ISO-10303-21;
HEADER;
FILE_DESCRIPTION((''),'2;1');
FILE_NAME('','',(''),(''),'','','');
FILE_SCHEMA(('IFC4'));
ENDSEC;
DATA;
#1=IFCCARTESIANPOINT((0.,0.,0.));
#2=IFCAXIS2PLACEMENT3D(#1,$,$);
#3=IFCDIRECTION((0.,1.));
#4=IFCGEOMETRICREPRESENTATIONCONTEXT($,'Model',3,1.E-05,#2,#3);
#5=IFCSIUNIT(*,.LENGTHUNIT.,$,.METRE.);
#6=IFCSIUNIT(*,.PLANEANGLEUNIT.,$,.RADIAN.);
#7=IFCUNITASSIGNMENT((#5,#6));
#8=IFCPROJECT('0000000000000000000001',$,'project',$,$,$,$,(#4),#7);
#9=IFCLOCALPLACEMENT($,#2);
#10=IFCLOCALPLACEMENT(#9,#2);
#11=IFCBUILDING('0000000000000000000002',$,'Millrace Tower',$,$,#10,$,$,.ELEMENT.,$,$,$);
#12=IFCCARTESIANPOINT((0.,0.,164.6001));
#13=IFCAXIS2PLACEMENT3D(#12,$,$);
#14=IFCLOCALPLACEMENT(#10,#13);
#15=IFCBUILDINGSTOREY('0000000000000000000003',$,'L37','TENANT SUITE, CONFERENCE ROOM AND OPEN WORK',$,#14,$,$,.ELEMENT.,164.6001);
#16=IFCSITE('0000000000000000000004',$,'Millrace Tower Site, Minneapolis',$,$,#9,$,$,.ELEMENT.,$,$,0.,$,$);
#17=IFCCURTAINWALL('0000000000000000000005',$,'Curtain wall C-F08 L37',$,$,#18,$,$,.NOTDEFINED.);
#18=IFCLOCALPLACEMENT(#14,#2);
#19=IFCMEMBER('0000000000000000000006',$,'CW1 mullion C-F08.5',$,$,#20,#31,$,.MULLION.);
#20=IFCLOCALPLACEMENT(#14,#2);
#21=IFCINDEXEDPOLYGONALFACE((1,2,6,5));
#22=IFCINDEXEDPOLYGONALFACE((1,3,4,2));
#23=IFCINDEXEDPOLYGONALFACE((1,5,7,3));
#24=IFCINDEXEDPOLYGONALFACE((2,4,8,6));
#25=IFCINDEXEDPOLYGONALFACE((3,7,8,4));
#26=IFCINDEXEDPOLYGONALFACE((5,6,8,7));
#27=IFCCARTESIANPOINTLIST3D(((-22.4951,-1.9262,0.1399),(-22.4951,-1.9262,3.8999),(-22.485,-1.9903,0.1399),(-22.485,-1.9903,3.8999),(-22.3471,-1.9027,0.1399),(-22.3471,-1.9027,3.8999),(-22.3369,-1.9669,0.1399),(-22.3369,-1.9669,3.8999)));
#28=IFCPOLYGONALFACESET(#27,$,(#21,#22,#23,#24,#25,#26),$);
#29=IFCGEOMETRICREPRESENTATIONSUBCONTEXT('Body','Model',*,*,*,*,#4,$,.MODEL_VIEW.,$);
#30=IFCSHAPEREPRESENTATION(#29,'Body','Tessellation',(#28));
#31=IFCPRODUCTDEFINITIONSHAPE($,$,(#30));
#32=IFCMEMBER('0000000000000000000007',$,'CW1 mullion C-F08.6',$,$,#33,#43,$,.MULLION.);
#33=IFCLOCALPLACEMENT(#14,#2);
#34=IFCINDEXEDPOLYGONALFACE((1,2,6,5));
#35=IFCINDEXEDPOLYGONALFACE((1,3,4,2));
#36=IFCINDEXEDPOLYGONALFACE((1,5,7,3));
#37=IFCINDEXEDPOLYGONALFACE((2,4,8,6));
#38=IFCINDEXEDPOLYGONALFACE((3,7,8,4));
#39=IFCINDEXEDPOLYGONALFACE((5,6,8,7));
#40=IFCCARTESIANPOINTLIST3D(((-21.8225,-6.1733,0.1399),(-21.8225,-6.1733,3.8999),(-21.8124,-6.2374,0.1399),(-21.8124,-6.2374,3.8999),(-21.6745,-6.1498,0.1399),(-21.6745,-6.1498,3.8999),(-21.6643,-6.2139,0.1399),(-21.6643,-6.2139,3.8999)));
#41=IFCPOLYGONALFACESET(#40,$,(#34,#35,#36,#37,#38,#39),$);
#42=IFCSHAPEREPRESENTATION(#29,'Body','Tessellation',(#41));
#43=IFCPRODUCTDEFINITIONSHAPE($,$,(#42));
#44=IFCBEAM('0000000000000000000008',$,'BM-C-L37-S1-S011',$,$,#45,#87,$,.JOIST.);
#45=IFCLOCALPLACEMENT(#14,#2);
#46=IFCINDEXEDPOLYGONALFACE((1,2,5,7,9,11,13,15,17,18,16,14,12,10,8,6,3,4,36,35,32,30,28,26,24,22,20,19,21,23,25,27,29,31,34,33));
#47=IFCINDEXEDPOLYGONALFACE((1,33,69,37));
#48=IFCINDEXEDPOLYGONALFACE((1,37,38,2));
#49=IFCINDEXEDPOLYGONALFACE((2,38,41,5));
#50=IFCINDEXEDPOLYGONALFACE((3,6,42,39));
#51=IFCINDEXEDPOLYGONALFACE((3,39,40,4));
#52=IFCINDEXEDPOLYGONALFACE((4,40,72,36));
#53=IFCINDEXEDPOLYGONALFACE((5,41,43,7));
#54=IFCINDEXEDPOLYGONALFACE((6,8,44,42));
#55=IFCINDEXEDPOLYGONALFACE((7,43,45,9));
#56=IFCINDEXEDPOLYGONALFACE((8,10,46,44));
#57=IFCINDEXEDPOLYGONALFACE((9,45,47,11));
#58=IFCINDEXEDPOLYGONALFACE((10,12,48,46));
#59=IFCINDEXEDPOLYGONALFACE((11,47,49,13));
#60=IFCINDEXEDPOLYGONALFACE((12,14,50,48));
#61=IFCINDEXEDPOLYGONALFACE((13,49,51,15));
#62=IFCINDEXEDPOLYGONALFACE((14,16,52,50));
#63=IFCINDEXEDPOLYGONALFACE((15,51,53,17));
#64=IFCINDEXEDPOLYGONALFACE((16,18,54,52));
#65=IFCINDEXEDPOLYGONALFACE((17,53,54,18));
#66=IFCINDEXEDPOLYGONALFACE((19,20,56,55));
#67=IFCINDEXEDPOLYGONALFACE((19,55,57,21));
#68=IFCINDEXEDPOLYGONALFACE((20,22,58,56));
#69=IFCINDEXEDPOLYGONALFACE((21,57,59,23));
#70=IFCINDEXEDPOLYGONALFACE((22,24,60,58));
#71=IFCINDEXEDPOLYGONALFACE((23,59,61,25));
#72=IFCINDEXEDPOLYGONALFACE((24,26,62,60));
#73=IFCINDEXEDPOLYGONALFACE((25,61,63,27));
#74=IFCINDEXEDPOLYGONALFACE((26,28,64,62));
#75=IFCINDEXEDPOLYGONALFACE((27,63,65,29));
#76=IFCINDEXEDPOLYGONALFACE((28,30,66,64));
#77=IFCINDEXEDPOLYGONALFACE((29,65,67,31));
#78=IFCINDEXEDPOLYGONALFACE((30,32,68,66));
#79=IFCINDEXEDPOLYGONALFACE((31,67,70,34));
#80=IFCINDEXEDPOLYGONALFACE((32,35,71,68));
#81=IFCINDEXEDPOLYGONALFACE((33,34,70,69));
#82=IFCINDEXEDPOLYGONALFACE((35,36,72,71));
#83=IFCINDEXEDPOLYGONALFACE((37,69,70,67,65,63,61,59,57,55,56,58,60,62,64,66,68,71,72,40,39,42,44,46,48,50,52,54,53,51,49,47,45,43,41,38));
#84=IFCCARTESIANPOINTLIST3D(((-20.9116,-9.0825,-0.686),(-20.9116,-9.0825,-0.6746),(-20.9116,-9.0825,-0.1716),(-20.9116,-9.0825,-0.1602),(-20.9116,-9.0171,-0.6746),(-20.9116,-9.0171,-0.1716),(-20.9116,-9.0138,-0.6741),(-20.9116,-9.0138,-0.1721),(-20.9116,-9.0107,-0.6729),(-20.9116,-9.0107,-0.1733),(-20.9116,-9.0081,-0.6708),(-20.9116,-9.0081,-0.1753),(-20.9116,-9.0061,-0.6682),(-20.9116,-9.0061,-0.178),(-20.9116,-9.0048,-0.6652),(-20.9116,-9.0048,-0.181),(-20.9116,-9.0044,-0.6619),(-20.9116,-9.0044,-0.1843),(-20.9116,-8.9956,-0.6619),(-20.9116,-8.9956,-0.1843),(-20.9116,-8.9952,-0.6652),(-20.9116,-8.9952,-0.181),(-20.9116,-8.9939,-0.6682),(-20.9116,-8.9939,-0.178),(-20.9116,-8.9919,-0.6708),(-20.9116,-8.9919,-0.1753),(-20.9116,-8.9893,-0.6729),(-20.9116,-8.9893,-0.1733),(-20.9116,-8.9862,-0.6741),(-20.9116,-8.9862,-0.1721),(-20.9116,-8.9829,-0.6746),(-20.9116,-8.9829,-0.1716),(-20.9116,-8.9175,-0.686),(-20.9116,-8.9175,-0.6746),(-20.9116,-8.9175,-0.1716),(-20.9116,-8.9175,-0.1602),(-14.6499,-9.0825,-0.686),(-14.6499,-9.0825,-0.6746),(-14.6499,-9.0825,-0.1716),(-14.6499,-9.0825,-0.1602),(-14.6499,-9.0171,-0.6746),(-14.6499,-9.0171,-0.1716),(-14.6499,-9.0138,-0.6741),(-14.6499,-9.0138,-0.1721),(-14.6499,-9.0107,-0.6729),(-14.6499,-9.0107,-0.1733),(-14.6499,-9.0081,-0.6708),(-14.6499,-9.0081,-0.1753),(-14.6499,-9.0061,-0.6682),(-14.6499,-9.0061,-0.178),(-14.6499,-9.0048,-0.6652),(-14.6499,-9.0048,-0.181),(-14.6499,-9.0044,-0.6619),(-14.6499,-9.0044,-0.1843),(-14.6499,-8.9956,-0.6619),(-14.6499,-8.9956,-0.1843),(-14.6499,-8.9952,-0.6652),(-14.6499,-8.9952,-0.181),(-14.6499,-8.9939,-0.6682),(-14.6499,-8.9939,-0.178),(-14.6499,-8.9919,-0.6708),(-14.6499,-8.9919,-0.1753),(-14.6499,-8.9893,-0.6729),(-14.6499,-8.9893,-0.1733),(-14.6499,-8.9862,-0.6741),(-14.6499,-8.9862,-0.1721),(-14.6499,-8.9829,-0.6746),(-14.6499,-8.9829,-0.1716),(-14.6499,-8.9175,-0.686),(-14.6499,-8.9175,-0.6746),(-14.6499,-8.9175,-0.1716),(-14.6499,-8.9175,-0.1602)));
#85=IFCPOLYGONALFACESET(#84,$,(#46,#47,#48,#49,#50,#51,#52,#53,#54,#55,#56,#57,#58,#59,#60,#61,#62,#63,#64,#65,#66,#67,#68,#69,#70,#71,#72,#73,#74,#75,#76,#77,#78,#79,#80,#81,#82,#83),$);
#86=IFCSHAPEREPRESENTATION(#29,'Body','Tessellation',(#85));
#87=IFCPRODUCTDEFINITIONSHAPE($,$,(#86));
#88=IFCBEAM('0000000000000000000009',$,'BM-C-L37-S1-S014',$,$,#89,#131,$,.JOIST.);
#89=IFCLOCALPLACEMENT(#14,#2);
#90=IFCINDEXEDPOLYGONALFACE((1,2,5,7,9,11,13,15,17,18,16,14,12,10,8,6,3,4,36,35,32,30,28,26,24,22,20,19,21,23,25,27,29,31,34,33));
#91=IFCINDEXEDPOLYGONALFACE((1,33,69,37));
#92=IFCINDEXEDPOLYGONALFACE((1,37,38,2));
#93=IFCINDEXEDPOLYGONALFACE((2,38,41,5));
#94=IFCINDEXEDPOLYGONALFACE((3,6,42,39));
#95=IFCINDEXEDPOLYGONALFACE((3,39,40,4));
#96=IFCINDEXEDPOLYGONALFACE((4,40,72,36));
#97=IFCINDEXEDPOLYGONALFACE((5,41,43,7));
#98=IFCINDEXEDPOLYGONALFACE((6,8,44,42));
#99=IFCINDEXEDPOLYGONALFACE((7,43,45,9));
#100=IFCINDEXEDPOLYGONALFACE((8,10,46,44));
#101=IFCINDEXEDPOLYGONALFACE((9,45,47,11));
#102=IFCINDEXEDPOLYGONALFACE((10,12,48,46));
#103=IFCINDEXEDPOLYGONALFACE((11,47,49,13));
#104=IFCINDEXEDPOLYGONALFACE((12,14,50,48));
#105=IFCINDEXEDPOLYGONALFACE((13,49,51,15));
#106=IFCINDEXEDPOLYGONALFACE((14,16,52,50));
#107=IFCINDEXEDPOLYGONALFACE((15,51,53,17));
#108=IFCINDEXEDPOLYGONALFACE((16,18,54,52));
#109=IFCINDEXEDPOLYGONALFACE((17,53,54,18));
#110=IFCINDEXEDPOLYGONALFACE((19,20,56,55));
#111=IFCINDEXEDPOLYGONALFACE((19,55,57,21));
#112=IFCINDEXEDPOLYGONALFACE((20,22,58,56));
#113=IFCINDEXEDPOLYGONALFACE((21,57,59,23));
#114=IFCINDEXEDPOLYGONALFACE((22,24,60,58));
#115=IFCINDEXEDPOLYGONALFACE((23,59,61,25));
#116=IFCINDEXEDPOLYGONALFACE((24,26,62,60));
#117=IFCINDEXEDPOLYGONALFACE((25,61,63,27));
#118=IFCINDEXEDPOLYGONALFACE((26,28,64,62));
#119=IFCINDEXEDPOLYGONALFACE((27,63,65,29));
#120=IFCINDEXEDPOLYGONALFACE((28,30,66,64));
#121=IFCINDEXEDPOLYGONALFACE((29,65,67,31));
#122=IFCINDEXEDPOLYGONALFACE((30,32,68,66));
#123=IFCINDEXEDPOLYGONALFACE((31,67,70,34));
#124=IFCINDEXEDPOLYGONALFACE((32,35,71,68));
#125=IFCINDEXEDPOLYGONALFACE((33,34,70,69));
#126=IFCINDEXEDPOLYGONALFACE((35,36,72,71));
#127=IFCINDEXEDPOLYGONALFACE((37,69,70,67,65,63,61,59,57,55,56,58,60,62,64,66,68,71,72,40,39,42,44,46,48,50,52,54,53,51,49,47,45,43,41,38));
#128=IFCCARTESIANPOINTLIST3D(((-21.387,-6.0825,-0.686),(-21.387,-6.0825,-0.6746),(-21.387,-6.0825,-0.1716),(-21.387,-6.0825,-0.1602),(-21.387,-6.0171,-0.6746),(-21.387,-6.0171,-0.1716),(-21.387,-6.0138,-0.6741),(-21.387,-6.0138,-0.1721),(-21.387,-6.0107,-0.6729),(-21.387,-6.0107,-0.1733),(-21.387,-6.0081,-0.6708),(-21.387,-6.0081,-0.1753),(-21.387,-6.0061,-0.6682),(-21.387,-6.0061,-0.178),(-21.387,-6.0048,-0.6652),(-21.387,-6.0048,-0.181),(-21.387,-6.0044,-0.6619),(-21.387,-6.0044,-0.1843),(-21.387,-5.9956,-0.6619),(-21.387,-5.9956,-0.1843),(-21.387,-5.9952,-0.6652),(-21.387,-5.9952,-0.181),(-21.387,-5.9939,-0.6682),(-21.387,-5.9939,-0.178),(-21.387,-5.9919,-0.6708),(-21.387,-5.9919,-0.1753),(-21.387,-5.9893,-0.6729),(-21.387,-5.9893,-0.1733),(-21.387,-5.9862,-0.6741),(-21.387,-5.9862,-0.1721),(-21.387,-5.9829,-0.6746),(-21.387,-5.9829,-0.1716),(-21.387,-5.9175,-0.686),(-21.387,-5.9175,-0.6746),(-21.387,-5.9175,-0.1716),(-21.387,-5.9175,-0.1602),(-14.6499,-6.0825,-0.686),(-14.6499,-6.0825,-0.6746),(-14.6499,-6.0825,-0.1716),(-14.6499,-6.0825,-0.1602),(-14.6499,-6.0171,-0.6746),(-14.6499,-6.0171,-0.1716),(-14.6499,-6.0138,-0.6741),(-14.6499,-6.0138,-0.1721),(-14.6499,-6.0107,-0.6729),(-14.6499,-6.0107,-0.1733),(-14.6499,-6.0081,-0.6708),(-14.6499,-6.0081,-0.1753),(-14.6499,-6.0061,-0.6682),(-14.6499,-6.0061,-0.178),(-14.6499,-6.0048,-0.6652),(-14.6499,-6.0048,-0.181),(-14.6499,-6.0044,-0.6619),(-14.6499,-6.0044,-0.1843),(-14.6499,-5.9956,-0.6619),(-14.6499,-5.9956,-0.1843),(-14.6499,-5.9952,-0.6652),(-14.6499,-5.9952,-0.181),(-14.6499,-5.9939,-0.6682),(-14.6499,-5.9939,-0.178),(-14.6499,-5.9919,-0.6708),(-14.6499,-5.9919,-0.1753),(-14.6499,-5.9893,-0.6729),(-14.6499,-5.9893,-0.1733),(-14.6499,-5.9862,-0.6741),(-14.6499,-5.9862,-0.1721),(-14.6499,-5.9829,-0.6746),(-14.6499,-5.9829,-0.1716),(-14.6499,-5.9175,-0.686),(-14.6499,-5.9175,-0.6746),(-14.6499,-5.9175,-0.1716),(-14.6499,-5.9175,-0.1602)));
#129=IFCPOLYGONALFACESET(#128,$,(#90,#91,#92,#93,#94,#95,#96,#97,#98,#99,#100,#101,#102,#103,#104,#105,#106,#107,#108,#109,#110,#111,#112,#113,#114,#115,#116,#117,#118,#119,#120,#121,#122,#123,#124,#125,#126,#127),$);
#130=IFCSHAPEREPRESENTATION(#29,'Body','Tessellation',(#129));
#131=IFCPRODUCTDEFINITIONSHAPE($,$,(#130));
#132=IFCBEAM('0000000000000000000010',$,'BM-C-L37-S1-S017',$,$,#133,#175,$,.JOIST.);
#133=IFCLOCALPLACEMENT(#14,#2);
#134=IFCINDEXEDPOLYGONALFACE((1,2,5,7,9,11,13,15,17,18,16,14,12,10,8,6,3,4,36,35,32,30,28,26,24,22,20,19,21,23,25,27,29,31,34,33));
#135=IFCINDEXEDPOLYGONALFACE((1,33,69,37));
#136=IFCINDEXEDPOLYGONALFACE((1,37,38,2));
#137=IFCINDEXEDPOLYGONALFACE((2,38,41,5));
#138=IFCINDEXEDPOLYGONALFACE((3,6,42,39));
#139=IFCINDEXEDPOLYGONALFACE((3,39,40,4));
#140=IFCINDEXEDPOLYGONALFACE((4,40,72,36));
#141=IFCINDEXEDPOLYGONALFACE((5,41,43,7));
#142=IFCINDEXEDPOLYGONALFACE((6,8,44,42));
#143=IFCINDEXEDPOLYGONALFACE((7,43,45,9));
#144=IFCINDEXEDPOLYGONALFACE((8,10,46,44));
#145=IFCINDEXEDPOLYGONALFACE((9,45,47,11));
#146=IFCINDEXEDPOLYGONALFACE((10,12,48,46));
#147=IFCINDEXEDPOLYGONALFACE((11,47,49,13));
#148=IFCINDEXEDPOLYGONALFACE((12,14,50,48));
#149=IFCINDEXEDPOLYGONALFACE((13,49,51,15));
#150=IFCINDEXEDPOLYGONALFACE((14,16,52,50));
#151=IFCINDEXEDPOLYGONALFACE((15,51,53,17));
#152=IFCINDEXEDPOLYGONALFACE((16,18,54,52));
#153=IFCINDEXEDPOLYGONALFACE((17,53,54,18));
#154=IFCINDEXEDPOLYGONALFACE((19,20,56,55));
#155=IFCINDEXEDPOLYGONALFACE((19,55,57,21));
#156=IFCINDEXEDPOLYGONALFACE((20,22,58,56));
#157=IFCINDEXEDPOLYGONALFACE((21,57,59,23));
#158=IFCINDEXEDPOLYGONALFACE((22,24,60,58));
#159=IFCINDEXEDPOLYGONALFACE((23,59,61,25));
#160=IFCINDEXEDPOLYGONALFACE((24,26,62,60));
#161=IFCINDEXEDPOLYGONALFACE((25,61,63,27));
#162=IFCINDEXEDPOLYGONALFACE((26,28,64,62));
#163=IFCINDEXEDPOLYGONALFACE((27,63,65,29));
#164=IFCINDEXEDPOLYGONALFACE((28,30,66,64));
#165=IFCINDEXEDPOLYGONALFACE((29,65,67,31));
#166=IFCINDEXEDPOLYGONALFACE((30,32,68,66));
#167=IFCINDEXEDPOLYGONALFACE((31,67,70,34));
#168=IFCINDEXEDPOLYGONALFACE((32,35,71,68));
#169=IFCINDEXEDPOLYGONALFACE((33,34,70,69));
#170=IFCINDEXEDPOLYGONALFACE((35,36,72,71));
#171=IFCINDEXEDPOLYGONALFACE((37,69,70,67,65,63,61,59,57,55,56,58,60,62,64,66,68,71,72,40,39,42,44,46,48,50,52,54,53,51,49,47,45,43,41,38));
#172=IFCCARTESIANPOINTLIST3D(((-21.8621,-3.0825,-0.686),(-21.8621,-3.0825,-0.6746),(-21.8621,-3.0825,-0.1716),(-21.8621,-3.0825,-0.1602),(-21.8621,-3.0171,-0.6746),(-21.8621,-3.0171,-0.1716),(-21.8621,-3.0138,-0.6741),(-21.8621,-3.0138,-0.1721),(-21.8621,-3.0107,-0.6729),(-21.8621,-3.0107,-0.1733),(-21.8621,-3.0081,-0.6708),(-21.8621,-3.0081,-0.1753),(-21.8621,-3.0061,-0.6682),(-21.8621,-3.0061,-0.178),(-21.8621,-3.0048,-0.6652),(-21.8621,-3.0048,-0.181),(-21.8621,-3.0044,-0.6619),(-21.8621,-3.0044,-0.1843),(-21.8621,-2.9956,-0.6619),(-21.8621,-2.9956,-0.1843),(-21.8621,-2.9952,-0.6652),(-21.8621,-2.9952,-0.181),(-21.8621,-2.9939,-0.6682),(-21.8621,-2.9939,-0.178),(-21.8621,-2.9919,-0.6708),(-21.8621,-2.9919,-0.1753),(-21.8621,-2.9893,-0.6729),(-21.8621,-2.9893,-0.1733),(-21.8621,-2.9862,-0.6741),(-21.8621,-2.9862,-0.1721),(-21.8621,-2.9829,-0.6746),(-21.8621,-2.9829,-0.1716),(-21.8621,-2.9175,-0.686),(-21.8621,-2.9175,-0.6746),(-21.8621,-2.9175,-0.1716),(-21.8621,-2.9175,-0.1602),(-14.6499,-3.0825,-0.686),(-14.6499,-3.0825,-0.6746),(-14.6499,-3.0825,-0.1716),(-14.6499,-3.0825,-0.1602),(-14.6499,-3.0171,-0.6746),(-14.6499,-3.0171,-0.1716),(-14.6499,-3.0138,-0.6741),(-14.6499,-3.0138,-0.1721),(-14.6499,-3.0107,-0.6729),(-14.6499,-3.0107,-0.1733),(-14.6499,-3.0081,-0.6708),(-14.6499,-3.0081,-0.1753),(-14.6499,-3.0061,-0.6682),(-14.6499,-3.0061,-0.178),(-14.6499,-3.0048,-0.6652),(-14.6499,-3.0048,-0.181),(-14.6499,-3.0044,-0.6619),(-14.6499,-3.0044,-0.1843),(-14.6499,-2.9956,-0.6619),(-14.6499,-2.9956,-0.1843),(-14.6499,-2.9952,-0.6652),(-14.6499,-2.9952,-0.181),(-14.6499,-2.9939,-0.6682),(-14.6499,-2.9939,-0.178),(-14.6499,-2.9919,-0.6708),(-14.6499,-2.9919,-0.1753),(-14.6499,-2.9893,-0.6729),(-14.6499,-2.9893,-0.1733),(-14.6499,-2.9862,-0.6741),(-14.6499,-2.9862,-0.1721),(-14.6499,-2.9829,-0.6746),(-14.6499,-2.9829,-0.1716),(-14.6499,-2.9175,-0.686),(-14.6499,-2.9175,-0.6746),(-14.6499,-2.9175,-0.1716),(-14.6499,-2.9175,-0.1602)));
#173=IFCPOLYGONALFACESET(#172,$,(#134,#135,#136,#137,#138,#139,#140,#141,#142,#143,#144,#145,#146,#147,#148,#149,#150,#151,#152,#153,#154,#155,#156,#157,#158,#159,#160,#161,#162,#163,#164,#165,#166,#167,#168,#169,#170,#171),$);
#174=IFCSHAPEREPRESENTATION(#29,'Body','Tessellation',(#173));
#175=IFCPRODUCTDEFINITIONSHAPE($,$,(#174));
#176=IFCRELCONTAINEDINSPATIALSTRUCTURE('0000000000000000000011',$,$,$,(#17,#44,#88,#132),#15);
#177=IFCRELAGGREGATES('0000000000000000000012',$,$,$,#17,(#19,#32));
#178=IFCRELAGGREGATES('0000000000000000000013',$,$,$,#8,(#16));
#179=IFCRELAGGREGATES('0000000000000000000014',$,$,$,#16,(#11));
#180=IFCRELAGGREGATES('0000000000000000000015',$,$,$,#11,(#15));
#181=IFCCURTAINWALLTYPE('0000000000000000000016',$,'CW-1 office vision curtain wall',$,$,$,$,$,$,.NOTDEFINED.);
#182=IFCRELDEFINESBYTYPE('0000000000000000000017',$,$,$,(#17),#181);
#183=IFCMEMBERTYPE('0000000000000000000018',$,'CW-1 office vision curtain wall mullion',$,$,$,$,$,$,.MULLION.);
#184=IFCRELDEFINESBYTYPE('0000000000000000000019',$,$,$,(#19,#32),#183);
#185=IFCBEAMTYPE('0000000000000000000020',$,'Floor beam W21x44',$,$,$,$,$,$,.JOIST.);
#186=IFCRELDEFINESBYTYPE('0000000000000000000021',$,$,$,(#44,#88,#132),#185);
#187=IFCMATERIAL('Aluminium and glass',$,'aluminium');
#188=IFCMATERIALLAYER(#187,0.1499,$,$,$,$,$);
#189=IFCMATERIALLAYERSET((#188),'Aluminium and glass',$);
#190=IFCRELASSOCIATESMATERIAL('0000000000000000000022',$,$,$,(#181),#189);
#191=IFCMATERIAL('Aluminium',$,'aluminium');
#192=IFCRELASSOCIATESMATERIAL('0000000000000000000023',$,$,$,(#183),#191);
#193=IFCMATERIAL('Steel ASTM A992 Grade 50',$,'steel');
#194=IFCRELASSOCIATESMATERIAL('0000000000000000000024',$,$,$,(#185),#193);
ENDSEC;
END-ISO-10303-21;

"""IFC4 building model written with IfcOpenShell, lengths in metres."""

from ifc_helpers import new_model, si_unit, direction, frame, origin, origin_2d, place, context, subcontext, project, spatial, rectangle, i_section, extrude, material, layer, layer_set, material_profile, profile_set, type_object, element, aggregate, save


model = new_model("IFC4")

# Units and contexts
model_context = context("Model", 3, precision=1e-05, world=origin(), true_north=direction((0.0, 1.0)))
body_context = subcontext(model_context, "Body", "Model", "MODEL_VIEW")
ifc_project = project(units=[si_unit("LENGTHUNIT", "METRE"), si_unit("PLANEANGLEUNIT", "RADIAN")], contexts=[model_context])

# Site, building, storey
site_placement = place(None, origin())
site = spatial("IfcSite", under=ifc_project, at=site_placement, Name="Millrace Tower Site, Minneapolis", CompositionType="ELEMENT", RefElevation=0.0)
building_placement = place(site_placement, origin())
building = spatial("IfcBuilding", under=site, at=building_placement, Name="Millrace Tower", CompositionType="ELEMENT")
storey_placement = place(building_placement, frame((0.0, 0.0, 164.6001)))
storey = spatial("IfcBuildingStorey", under=building, at=storey_placement, Name="L37", Description="TENANT SUITE, CONFERENCE ROOM AND OPEN WORK", CompositionType="ELEMENT", Elevation=164.6001)

# Curtain wall, members
ifc_material_1 = material(Name="Aluminium and glass", Category="aluminium")
ifc_layer_1 = layer(ifc_material_1, 0.1499)
ifc_layer_set_1 = layer_set([ifc_layer_1], Name="Aluminium and glass")
curtain_wall_type = type_object("IfcCurtainWallType", Name="CW-1 office vision curtain wall", PredefinedType="NOTDEFINED", material=ifc_layer_set_1)
curtain_wall_placement = place(storey_placement, origin())
curtain_wall = element("IfcCurtainWall", 1, at=curtain_wall_placement, inside=storey, type_object=curtain_wall_type, Name="Curtain wall C-F08 L37", PredefinedType="NOTDEFINED")
ifc_material_2 = material(Name="Aluminium", Category="aluminium")
ifc_material_profile_1 = material_profile(ifc_material_2, rectangle(XDim=0.0649, YDim=0.1499, at=origin_2d()))
ifc_profile_set_1 = profile_set([ifc_material_profile_1], Name="Aluminium")
member_type = type_object("IfcMemberType", Name="CW-1 office vision curtain wall mullion", PredefinedType="MULLION", material=ifc_profile_set_1)
member_1_placement = place(storey_placement, frame((-22.416, -1.9465, 0.1399), z_axis=(0.0, 0.0, 1.0), x_axis=(0.156434, -0.987688, 0.0)))
member_1 = element("IfcMember", 2, at=member_1_placement, type_object=member_type, Name="CW1 mullion C-F08.5", PredefinedType="MULLION", context=body_context, shape_type="SweptSolid", body=[
    extrude(rectangle(XDim=0.0649, YDim=0.1499, at=origin_2d()), origin(), (0.0, 0.0, 1.0), 3.76),
])
member_2_placement = place(storey_placement, frame((-21.7434, -6.1936, 0.1399), z_axis=(0.0, 0.0, 1.0), x_axis=(0.156434, -0.987688, 0.0)))
member_2 = element("IfcMember", 3, at=member_2_placement, type_object=member_type, Name="CW1 mullion C-F08.6", PredefinedType="MULLION", context=body_context, shape_type="SweptSolid", body=[
    extrude(rectangle(XDim=0.0649, YDim=0.1499, at=origin_2d()), origin(), (0.0, 0.0, 1.0), 3.76),
])
aggregate(curtain_wall, [member_1, member_2])

# Beams
ifc_material_3 = material(Name="Steel ASTM A992 Grade 50", Category="steel")
ifc_material_profile_2 = material_profile(ifc_material_3, i_section(OverallWidth=0.165, OverallDepth=0.5259, WebThickness=0.0088, FlangeThickness=0.0115, FilletRadius=0.0127, at=origin_2d()))
ifc_profile_set_2 = profile_set([ifc_material_profile_2], Name="Steel ASTM A992 Grade 50")
beam_type = type_object("IfcBeamType", Name="Floor beam W21x44", PredefinedType="JOIST", material=ifc_profile_set_2)
beam_1_placement = place(storey_placement, frame((-20.9116, -9.0, -0.4231), z_axis=(1.0, 0.0, 0.0), x_axis=(0.0, 1.0, 0.0)))
element("IfcBeam", 4, at=beam_1_placement, inside=storey, type_object=beam_type, Name="BM-C-L37-S1-S011", PredefinedType="JOIST", context=body_context, shape_type="SweptSolid", body=[
    extrude(i_section(OverallWidth=0.165, OverallDepth=0.5259, WebThickness=0.0088, FlangeThickness=0.0115, FilletRadius=0.0127, at=origin_2d()), origin(), (0.0, 0.0, 1.0), 6.2617),
])
beam_2_placement = place(storey_placement, frame((-21.387, -6.0, -0.4231), z_axis=(1.0, 0.0, 0.0), x_axis=(0.0, 1.0, 0.0)))
element("IfcBeam", 5, at=beam_2_placement, inside=storey, type_object=beam_type, Name="BM-C-L37-S1-S014", PredefinedType="JOIST", context=body_context, shape_type="SweptSolid", body=[
    extrude(i_section(OverallWidth=0.165, OverallDepth=0.5259, WebThickness=0.0088, FlangeThickness=0.0115, FilletRadius=0.0127, at=origin_2d()), origin(), (0.0, 0.0, 1.0), 6.7371),
])
beam_3_placement = place(storey_placement, frame((-21.8621, -3.0, -0.4231), z_axis=(1.0, 0.0, 0.0), x_axis=(0.0, 1.0, 0.0)))
element("IfcBeam", 6, at=beam_3_placement, inside=storey, type_object=beam_type, Name="BM-C-L37-S1-S017", PredefinedType="JOIST", context=body_context, shape_type="SweptSolid", body=[
    extrude(i_section(OverallWidth=0.165, OverallDepth=0.5259, WebThickness=0.0088, FlangeThickness=0.0115, FilletRadius=0.0127, at=origin_2d()), origin(), (0.0, 0.0, 1.0), 7.2122),
])

save(model, "model.ifc")
